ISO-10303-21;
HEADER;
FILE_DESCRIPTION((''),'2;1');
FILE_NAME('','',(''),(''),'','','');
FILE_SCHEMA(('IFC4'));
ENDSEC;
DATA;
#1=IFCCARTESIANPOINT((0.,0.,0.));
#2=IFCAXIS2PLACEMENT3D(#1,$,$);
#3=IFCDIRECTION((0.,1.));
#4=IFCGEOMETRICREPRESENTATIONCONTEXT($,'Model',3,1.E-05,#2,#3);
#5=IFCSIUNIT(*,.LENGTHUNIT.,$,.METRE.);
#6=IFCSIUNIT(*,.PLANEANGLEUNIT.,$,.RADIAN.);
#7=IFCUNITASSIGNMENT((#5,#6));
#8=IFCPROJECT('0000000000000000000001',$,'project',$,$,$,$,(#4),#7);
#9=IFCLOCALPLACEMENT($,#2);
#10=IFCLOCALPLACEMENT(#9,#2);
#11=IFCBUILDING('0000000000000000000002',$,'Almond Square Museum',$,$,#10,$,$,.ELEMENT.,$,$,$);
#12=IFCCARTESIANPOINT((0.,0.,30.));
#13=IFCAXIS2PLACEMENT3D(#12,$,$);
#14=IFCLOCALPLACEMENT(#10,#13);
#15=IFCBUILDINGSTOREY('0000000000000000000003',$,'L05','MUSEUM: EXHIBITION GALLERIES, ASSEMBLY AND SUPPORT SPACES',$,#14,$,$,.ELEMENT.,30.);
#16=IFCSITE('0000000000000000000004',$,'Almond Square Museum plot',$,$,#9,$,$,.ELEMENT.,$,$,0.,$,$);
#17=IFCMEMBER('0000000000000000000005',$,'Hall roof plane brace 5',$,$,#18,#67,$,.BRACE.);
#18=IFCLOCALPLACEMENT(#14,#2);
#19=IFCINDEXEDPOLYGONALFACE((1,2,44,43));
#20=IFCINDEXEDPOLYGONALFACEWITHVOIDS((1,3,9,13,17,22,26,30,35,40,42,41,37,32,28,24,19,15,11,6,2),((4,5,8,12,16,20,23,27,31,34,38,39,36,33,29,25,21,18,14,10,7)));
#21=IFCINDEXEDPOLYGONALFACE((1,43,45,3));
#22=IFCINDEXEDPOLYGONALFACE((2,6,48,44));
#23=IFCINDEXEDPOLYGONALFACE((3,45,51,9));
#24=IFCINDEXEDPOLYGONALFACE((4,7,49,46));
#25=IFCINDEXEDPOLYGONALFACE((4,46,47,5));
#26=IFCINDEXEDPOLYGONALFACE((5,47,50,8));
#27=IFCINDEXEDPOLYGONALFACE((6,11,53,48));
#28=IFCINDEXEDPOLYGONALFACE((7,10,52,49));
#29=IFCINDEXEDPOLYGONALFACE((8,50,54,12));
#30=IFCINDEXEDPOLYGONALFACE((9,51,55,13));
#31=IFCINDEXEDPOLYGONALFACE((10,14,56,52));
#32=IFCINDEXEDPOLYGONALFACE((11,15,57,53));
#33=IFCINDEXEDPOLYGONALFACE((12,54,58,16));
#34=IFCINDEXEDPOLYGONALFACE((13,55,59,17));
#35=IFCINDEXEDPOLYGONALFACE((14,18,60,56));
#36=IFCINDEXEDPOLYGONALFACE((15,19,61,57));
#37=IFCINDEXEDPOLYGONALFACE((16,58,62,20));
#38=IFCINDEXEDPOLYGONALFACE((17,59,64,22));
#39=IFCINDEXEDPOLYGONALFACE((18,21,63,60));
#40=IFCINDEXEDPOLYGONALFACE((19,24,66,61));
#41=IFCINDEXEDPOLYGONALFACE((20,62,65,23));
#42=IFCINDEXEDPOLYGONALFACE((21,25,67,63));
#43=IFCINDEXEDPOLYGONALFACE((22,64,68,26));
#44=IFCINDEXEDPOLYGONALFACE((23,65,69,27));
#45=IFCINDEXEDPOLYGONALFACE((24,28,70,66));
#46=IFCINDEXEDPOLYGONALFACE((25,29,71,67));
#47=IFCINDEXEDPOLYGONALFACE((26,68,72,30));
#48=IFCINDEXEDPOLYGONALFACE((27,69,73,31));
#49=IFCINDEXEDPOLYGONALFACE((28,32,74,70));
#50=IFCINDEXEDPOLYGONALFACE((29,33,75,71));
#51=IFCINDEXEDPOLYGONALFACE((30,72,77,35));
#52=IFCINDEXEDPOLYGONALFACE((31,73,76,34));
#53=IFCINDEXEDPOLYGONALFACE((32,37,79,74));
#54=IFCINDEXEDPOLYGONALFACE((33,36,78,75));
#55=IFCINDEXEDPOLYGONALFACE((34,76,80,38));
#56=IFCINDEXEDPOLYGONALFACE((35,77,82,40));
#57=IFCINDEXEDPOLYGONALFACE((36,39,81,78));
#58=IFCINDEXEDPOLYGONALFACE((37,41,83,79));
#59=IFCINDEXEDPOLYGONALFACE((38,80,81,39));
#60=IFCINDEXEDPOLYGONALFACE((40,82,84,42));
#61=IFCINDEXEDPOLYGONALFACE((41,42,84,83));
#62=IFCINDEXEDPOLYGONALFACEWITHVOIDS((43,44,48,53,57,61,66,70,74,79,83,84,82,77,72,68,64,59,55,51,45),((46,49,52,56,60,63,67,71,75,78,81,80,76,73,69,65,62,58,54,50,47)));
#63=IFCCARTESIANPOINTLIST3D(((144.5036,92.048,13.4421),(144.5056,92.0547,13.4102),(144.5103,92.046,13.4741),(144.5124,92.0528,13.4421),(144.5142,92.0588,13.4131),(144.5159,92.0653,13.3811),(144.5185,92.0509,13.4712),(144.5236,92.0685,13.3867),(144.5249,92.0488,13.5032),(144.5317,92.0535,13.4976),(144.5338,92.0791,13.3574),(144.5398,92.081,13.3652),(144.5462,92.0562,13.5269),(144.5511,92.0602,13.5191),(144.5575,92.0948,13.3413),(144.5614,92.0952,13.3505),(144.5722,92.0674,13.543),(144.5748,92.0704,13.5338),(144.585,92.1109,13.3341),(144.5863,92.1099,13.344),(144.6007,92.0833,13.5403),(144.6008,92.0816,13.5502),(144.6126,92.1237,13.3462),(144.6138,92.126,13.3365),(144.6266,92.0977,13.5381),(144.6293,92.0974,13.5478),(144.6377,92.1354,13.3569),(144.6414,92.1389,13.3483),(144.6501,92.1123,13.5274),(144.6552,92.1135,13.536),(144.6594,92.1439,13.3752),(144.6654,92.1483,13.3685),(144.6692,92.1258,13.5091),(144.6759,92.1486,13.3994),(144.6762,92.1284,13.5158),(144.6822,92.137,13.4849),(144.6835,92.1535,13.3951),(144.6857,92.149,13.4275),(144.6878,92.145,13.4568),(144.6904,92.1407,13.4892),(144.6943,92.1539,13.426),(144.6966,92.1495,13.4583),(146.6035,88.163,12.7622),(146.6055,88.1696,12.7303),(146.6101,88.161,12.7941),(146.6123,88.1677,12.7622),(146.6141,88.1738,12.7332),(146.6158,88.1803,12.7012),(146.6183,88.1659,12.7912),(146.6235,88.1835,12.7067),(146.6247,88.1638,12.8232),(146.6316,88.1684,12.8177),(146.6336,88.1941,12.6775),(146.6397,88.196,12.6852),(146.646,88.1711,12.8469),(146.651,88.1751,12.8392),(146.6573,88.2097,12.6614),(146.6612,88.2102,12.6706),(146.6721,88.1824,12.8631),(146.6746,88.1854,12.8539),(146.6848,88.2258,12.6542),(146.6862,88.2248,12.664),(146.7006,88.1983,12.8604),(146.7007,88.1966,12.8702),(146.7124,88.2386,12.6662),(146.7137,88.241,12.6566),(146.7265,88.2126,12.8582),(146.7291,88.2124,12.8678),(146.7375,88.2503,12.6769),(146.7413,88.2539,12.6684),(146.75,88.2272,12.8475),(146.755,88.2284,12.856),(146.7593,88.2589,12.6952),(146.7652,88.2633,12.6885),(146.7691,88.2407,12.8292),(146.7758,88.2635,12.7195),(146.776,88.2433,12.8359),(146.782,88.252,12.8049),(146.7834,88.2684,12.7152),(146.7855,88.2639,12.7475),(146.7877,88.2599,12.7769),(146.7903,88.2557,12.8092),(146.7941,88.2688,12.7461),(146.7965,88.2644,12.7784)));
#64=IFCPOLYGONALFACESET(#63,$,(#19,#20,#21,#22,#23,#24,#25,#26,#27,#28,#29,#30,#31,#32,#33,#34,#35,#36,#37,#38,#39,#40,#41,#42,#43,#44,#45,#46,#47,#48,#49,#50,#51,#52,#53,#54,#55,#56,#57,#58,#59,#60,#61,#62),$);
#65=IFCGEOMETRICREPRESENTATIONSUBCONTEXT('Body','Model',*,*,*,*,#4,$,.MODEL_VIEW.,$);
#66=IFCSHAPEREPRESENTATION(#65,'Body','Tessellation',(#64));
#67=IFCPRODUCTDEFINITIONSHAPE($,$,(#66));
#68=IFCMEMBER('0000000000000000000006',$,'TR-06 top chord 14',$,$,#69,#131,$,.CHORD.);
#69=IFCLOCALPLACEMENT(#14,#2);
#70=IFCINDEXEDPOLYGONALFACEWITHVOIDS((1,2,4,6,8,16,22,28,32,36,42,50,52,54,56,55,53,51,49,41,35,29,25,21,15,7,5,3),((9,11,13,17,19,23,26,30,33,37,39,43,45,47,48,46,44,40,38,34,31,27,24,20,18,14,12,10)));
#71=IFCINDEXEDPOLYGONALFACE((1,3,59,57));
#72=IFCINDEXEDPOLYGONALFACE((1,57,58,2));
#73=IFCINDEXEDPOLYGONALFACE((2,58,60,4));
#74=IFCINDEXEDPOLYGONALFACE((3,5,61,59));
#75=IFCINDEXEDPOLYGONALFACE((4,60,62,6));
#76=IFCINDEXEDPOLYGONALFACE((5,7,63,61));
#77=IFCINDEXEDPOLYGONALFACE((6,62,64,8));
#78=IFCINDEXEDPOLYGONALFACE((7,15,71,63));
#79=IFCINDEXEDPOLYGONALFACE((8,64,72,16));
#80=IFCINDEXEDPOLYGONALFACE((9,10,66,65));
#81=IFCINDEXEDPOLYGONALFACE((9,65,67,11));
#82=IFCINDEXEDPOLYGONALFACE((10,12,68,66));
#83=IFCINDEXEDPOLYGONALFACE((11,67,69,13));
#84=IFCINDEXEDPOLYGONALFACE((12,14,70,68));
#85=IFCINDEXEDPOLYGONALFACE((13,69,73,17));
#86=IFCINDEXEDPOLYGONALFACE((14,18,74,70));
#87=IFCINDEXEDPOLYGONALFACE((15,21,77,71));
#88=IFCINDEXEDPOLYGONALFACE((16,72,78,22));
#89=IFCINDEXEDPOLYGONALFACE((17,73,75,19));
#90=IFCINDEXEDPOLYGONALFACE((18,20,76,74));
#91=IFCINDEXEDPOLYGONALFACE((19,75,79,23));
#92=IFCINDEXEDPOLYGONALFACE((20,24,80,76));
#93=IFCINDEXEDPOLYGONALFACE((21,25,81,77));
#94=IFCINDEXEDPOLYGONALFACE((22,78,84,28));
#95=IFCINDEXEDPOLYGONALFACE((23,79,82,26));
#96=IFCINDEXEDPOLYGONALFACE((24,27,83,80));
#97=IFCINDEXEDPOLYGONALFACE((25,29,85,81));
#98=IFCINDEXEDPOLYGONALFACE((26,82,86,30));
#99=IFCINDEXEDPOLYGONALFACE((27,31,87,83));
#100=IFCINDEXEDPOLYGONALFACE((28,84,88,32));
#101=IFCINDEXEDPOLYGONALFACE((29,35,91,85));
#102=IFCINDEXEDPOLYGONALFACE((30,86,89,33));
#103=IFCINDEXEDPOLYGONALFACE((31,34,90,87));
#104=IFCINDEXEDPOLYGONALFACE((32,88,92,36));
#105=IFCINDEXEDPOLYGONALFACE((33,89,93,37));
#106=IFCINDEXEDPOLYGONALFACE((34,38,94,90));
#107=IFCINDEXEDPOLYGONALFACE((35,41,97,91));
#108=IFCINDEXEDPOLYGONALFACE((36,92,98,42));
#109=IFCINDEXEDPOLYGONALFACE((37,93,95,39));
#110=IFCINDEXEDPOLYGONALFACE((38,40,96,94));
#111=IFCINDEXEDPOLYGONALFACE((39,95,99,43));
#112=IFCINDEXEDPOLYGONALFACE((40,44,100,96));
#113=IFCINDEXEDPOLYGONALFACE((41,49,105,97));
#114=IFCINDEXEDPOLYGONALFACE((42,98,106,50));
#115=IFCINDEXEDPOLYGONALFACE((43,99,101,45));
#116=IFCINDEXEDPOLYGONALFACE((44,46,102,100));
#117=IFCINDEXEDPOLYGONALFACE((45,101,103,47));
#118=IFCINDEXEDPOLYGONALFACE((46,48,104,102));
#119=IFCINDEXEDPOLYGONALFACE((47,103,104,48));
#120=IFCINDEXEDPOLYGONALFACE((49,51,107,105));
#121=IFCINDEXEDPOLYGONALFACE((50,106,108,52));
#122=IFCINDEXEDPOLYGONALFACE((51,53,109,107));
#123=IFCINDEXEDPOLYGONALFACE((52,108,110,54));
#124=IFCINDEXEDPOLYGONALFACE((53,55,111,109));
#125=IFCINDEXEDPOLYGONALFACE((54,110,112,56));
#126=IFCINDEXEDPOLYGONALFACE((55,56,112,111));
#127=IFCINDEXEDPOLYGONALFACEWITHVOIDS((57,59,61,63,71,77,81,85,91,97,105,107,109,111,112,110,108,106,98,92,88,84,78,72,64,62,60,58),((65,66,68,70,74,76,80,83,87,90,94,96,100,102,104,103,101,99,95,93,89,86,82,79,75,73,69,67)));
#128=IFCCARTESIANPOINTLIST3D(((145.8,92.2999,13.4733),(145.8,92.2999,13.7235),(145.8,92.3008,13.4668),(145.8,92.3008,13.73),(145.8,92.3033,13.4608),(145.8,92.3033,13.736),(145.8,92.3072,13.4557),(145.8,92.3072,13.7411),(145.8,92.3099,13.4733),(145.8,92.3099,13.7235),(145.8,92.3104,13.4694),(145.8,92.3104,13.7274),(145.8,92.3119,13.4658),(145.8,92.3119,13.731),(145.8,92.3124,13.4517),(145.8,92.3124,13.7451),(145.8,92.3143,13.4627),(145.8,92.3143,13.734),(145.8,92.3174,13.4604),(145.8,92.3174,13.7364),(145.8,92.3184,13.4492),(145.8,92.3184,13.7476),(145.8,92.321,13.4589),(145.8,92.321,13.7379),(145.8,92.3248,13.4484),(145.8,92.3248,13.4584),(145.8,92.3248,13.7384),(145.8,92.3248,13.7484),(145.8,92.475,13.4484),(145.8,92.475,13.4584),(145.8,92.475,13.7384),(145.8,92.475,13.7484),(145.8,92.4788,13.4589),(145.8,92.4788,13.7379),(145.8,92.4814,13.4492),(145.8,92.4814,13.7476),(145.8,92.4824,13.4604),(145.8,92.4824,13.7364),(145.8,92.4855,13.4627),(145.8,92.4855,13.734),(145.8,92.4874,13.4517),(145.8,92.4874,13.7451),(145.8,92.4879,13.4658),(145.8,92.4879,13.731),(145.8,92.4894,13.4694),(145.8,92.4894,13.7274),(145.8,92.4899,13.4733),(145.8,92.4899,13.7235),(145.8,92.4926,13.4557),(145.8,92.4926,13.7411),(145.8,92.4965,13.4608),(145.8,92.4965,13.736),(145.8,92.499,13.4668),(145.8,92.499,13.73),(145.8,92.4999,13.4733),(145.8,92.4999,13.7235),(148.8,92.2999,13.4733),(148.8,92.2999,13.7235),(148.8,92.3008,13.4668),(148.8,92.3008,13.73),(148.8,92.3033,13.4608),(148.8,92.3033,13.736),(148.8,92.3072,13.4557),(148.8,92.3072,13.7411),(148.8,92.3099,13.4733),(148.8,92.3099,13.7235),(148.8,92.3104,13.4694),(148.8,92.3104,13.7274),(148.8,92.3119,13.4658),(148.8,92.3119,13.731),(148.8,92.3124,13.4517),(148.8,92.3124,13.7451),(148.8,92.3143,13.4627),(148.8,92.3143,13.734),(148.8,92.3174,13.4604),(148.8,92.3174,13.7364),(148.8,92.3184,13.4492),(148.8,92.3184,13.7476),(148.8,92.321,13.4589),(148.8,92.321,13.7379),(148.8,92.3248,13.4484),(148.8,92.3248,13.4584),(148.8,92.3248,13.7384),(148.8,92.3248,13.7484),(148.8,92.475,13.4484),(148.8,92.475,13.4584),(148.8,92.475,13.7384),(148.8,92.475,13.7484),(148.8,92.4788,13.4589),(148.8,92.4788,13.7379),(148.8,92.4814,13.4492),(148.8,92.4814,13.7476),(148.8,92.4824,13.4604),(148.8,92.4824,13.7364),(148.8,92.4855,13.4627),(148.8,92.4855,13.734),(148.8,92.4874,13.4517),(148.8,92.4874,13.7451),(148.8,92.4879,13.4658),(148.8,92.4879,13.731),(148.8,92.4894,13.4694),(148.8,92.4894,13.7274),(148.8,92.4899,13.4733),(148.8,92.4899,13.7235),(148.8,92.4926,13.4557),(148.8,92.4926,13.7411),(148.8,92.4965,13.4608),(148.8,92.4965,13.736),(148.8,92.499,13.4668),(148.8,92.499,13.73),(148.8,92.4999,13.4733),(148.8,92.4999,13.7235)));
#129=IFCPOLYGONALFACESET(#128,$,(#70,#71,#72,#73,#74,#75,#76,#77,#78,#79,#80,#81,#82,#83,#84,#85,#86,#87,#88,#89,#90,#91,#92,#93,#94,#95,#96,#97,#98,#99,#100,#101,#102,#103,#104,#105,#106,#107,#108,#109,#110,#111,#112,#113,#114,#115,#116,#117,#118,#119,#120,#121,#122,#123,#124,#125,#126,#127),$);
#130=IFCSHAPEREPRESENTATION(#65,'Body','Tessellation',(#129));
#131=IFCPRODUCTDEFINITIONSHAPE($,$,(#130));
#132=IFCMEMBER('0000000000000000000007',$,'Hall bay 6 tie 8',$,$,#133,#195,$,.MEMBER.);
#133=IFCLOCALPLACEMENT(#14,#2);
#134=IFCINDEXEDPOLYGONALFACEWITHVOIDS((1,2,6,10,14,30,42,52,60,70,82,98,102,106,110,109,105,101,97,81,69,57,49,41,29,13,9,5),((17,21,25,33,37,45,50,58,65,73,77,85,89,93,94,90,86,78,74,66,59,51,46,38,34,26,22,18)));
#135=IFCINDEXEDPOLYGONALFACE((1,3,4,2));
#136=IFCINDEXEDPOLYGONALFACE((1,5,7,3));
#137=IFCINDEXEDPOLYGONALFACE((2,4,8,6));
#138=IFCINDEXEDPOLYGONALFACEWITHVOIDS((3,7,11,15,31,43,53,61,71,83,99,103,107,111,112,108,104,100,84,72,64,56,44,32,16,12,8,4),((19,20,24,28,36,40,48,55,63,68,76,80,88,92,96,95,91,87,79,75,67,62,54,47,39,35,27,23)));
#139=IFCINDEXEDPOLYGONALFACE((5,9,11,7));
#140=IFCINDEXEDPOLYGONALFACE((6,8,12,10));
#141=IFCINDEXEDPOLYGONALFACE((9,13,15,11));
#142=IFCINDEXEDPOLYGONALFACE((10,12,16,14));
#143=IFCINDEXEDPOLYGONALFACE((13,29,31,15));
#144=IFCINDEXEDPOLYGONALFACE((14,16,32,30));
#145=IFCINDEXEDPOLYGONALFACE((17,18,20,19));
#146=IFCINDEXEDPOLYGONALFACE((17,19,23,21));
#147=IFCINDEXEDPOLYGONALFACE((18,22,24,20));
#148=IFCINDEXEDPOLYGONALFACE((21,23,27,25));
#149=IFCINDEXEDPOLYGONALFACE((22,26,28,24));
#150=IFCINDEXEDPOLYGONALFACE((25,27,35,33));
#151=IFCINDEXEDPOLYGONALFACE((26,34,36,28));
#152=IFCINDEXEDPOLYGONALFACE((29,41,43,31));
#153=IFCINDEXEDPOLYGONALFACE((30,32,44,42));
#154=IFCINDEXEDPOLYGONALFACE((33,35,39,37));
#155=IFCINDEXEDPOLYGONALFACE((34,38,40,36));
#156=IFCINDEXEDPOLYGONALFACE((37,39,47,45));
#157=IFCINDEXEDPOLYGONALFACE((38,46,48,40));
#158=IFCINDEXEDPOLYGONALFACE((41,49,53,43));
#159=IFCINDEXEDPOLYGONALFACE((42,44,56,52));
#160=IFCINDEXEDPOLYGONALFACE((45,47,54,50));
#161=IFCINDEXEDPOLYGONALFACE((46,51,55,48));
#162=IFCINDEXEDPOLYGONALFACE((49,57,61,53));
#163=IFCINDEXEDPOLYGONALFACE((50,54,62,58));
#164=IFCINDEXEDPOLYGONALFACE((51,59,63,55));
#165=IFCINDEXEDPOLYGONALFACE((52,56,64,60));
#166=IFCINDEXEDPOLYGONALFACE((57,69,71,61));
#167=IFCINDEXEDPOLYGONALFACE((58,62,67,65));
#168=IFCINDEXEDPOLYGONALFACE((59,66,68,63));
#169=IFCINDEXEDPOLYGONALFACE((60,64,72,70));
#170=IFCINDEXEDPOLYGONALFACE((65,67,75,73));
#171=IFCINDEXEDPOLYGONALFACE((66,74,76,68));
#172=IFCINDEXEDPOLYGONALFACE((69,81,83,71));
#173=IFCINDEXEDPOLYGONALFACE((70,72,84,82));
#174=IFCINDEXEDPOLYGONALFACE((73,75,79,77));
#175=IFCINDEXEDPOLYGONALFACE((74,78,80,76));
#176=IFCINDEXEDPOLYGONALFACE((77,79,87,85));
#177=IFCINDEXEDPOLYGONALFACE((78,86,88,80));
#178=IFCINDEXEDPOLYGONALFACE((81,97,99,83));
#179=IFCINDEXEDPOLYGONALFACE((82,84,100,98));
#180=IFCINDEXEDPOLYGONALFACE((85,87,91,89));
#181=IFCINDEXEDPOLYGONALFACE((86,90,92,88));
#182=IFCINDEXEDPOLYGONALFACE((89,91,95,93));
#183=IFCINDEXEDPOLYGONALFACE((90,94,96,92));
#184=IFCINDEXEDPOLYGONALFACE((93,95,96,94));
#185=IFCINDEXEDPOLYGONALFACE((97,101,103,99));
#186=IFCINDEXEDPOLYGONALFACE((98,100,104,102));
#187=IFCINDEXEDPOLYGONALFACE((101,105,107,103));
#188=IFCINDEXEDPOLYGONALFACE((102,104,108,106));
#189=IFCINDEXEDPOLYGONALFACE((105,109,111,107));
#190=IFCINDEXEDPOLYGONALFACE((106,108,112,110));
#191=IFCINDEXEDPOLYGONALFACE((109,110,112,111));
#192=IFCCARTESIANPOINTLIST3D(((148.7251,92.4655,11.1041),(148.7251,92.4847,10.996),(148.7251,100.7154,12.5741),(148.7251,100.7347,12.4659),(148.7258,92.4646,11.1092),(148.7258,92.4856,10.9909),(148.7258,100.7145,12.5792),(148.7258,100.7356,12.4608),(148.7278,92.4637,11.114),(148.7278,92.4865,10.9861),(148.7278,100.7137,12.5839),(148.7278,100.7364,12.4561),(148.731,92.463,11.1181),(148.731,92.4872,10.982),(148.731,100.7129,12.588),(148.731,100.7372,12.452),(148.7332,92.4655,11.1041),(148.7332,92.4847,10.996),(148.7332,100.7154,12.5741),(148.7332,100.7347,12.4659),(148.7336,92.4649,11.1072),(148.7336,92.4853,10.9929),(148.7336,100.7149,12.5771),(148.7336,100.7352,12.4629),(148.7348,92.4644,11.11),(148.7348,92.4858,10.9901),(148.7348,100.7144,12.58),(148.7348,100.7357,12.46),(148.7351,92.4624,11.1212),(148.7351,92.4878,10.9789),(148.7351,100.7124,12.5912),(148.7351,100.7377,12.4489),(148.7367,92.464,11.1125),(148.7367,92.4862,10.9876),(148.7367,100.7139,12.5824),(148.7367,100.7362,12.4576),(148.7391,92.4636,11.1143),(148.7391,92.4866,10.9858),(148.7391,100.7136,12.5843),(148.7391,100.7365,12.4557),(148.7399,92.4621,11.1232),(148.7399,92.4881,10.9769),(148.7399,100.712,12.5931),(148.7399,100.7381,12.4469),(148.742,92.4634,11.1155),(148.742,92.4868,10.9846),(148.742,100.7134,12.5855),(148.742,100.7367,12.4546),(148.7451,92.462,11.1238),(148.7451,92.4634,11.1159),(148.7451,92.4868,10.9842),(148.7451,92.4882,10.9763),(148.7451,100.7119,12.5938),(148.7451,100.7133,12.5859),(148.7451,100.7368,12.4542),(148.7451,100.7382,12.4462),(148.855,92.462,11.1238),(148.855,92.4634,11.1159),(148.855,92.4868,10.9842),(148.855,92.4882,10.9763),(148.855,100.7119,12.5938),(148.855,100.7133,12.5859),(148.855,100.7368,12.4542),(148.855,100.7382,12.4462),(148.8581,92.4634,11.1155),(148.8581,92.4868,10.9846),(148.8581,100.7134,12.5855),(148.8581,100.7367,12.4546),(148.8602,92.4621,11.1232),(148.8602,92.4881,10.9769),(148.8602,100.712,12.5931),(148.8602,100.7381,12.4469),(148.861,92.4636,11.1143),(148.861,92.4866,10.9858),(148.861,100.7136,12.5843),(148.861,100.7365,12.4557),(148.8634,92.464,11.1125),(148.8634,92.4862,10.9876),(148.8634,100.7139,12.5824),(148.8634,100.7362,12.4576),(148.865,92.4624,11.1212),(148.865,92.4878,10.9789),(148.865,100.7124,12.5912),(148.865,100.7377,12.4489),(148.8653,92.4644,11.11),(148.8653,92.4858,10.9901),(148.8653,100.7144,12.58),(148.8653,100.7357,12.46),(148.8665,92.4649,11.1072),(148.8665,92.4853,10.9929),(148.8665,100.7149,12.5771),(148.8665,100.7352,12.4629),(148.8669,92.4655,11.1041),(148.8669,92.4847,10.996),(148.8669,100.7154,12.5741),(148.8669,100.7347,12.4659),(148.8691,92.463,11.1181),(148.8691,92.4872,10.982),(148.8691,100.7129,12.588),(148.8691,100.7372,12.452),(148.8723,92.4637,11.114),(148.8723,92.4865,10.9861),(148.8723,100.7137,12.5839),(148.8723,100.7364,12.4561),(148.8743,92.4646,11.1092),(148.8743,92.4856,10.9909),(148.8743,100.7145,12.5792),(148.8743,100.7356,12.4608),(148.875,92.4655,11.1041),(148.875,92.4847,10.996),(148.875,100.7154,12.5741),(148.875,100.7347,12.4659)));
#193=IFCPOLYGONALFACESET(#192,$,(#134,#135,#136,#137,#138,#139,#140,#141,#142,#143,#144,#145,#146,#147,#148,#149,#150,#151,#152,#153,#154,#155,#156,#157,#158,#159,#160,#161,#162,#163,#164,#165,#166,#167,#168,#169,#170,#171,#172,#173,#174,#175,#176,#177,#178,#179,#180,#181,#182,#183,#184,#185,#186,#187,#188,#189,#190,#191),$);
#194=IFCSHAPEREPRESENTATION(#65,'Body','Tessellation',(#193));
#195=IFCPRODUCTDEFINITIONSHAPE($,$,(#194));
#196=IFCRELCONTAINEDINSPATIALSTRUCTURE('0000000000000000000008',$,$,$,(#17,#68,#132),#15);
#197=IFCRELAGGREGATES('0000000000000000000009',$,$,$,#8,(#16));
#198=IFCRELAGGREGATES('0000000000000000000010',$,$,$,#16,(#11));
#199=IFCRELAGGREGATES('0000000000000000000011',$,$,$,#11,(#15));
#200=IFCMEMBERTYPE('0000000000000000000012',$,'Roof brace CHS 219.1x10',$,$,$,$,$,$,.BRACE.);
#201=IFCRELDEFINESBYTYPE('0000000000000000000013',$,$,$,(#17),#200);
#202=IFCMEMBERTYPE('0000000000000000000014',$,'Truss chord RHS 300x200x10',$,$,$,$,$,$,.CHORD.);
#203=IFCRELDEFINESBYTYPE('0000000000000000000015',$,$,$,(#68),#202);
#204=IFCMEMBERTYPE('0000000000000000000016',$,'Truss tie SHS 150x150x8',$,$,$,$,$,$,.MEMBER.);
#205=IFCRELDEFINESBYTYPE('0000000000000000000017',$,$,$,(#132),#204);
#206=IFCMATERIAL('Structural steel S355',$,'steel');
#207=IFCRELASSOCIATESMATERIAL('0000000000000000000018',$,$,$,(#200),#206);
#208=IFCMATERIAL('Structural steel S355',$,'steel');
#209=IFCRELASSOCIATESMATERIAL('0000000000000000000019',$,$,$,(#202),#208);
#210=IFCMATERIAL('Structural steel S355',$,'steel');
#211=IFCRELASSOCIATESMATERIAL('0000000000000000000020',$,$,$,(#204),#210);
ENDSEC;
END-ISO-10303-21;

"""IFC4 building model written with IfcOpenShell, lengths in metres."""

from ifc_helpers import new_model, si_unit, direction, frame, origin, origin_2d, place, context, subcontext, project, spatial, hollow_rectangle, hollow_circle, extrude, material, material_profile, profile_set, type_object, element, save


model = new_model("IFC4")

# Units and contexts
model_context = context("Model", 3, precision=1e-05, world=origin(), true_north=direction((0.0, 1.0)))
body_context = subcontext(model_context, "Body", "Model", "MODEL_VIEW")
ifc_project = project(units=[si_unit("LENGTHUNIT", "METRE"), si_unit("PLANEANGLEUNIT", "RADIAN")], contexts=[model_context])

# Site, building, storey
site_placement = place(None, origin())
site = spatial("IfcSite", under=ifc_project, at=site_placement, Name="Almond Square Museum plot", CompositionType="ELEMENT", RefElevation=0.0)
building_placement = place(site_placement, origin())
building = spatial("IfcBuilding", under=site, at=building_placement, Name="Almond Square Museum", CompositionType="ELEMENT")
storey_placement = place(building_placement, frame((0.0, 0.0, 30.0)))
storey = spatial("IfcBuildingStorey", under=building, at=storey_placement, Name="L05", Description="MUSEUM: EXHIBITION GALLERIES, ASSEMBLY AND SUPPORT SPACES", CompositionType="ELEMENT", Elevation=30.0)

# Members
ifc_material_1 = material(Name="Structural steel S355", Category="steel")
ifc_material_profile_1 = material_profile(ifc_material_1, hollow_circle(Radius=0.1096, WallThickness=0.01, at=origin_2d()))
ifc_profile_set_1 = profile_set([ifc_material_profile_1], Name="Structural steel S355")
member_type_1 = type_object("IfcMemberType", Name="Roof brace CHS 219.1x10", PredefinedType="BRACE", material=ifc_profile_set_1)
member_1_placement = place(storey_placement, frame((146.7, 88.2151, 12.7622), z_axis=(-0.469953, 0.869476, 0.152171), x_axis=(-0.879721, -0.47549, 0.0)))
element("IfcMember", 1, at=member_1_placement, inside=storey, type_object=member_type_1, Name="Hall roof plane brace 5", PredefinedType="BRACE", context=body_context, shape_type="SweptSolid", body=[
    extrude(hollow_circle(Radius=0.1096, WallThickness=0.01, at=origin_2d()), origin(), (0.0, 0.0, 1.0), 4.4683),
])
ifc_material_2 = material(Name="Structural steel S355", Category="steel")
ifc_material_profile_2 = material_profile(ifc_material_2, hollow_rectangle(XDim=0.2, YDim=0.3, WallThickness=0.01, InnerFilletRadius=0.0149, OuterFilletRadius=0.0249, at=origin_2d()))
ifc_profile_set_2 = profile_set([ifc_material_profile_2], Name="Structural steel S355")
member_type_2 = type_object("IfcMemberType", Name="Truss chord RHS 300x200x10", PredefinedType="CHORD", material=ifc_profile_set_2)
member_2_placement = place(storey_placement, frame((145.8, 92.3999, 13.5984), z_axis=(1.0, 0.0, 0.0), x_axis=(0.0, 1.0, 0.0)))
element("IfcMember", 2, at=member_2_placement, inside=storey, type_object=member_type_2, Name="TR-06 top chord 14", PredefinedType="CHORD", context=body_context, shape_type="SweptSolid", body=[
    extrude(hollow_rectangle(XDim=0.2, YDim=0.3, WallThickness=0.01, InnerFilletRadius=0.0149, OuterFilletRadius=0.0249, at=origin_2d()), origin(), (0.0, 0.0, 1.0), 3.0),
])
ifc_material_3 = material(Name="Structural steel S355", Category="steel")
ifc_material_profile_3 = material_profile(ifc_material_3, hollow_rectangle(XDim=0.1499, YDim=0.1499, WallThickness=0.0081, InnerFilletRadius=0.012, OuterFilletRadius=0.02, at=origin_2d()))
ifc_profile_set_3 = profile_set([ifc_material_profile_3], Name="Structural steel S355")
member_type_3 = type_object("IfcMemberType", Name="Truss tie SHS 150x150x8", PredefinedType="MEMBER", material=ifc_profile_set_3)
member_3_placement = place(storey_placement, frame((148.8, 92.4751, 11.05), z_axis=(0.0, 0.984494, 0.175416), x_axis=(-1.0, 0.0, 0.0)))
element("IfcMember", 3, at=member_3_placement, inside=storey, type_object=member_type_3, Name="Hall bay 6 tie 8", PredefinedType="MEMBER", context=body_context, shape_type="SweptSolid", body=[
    extrude(hollow_rectangle(XDim=0.1499, YDim=0.1499, WallThickness=0.0081, InnerFilletRadius=0.012, OuterFilletRadius=0.02, at=origin_2d()), origin(), (0.0, 0.0, 1.0), 8.3799),
])

save(model, "model.ifc")
